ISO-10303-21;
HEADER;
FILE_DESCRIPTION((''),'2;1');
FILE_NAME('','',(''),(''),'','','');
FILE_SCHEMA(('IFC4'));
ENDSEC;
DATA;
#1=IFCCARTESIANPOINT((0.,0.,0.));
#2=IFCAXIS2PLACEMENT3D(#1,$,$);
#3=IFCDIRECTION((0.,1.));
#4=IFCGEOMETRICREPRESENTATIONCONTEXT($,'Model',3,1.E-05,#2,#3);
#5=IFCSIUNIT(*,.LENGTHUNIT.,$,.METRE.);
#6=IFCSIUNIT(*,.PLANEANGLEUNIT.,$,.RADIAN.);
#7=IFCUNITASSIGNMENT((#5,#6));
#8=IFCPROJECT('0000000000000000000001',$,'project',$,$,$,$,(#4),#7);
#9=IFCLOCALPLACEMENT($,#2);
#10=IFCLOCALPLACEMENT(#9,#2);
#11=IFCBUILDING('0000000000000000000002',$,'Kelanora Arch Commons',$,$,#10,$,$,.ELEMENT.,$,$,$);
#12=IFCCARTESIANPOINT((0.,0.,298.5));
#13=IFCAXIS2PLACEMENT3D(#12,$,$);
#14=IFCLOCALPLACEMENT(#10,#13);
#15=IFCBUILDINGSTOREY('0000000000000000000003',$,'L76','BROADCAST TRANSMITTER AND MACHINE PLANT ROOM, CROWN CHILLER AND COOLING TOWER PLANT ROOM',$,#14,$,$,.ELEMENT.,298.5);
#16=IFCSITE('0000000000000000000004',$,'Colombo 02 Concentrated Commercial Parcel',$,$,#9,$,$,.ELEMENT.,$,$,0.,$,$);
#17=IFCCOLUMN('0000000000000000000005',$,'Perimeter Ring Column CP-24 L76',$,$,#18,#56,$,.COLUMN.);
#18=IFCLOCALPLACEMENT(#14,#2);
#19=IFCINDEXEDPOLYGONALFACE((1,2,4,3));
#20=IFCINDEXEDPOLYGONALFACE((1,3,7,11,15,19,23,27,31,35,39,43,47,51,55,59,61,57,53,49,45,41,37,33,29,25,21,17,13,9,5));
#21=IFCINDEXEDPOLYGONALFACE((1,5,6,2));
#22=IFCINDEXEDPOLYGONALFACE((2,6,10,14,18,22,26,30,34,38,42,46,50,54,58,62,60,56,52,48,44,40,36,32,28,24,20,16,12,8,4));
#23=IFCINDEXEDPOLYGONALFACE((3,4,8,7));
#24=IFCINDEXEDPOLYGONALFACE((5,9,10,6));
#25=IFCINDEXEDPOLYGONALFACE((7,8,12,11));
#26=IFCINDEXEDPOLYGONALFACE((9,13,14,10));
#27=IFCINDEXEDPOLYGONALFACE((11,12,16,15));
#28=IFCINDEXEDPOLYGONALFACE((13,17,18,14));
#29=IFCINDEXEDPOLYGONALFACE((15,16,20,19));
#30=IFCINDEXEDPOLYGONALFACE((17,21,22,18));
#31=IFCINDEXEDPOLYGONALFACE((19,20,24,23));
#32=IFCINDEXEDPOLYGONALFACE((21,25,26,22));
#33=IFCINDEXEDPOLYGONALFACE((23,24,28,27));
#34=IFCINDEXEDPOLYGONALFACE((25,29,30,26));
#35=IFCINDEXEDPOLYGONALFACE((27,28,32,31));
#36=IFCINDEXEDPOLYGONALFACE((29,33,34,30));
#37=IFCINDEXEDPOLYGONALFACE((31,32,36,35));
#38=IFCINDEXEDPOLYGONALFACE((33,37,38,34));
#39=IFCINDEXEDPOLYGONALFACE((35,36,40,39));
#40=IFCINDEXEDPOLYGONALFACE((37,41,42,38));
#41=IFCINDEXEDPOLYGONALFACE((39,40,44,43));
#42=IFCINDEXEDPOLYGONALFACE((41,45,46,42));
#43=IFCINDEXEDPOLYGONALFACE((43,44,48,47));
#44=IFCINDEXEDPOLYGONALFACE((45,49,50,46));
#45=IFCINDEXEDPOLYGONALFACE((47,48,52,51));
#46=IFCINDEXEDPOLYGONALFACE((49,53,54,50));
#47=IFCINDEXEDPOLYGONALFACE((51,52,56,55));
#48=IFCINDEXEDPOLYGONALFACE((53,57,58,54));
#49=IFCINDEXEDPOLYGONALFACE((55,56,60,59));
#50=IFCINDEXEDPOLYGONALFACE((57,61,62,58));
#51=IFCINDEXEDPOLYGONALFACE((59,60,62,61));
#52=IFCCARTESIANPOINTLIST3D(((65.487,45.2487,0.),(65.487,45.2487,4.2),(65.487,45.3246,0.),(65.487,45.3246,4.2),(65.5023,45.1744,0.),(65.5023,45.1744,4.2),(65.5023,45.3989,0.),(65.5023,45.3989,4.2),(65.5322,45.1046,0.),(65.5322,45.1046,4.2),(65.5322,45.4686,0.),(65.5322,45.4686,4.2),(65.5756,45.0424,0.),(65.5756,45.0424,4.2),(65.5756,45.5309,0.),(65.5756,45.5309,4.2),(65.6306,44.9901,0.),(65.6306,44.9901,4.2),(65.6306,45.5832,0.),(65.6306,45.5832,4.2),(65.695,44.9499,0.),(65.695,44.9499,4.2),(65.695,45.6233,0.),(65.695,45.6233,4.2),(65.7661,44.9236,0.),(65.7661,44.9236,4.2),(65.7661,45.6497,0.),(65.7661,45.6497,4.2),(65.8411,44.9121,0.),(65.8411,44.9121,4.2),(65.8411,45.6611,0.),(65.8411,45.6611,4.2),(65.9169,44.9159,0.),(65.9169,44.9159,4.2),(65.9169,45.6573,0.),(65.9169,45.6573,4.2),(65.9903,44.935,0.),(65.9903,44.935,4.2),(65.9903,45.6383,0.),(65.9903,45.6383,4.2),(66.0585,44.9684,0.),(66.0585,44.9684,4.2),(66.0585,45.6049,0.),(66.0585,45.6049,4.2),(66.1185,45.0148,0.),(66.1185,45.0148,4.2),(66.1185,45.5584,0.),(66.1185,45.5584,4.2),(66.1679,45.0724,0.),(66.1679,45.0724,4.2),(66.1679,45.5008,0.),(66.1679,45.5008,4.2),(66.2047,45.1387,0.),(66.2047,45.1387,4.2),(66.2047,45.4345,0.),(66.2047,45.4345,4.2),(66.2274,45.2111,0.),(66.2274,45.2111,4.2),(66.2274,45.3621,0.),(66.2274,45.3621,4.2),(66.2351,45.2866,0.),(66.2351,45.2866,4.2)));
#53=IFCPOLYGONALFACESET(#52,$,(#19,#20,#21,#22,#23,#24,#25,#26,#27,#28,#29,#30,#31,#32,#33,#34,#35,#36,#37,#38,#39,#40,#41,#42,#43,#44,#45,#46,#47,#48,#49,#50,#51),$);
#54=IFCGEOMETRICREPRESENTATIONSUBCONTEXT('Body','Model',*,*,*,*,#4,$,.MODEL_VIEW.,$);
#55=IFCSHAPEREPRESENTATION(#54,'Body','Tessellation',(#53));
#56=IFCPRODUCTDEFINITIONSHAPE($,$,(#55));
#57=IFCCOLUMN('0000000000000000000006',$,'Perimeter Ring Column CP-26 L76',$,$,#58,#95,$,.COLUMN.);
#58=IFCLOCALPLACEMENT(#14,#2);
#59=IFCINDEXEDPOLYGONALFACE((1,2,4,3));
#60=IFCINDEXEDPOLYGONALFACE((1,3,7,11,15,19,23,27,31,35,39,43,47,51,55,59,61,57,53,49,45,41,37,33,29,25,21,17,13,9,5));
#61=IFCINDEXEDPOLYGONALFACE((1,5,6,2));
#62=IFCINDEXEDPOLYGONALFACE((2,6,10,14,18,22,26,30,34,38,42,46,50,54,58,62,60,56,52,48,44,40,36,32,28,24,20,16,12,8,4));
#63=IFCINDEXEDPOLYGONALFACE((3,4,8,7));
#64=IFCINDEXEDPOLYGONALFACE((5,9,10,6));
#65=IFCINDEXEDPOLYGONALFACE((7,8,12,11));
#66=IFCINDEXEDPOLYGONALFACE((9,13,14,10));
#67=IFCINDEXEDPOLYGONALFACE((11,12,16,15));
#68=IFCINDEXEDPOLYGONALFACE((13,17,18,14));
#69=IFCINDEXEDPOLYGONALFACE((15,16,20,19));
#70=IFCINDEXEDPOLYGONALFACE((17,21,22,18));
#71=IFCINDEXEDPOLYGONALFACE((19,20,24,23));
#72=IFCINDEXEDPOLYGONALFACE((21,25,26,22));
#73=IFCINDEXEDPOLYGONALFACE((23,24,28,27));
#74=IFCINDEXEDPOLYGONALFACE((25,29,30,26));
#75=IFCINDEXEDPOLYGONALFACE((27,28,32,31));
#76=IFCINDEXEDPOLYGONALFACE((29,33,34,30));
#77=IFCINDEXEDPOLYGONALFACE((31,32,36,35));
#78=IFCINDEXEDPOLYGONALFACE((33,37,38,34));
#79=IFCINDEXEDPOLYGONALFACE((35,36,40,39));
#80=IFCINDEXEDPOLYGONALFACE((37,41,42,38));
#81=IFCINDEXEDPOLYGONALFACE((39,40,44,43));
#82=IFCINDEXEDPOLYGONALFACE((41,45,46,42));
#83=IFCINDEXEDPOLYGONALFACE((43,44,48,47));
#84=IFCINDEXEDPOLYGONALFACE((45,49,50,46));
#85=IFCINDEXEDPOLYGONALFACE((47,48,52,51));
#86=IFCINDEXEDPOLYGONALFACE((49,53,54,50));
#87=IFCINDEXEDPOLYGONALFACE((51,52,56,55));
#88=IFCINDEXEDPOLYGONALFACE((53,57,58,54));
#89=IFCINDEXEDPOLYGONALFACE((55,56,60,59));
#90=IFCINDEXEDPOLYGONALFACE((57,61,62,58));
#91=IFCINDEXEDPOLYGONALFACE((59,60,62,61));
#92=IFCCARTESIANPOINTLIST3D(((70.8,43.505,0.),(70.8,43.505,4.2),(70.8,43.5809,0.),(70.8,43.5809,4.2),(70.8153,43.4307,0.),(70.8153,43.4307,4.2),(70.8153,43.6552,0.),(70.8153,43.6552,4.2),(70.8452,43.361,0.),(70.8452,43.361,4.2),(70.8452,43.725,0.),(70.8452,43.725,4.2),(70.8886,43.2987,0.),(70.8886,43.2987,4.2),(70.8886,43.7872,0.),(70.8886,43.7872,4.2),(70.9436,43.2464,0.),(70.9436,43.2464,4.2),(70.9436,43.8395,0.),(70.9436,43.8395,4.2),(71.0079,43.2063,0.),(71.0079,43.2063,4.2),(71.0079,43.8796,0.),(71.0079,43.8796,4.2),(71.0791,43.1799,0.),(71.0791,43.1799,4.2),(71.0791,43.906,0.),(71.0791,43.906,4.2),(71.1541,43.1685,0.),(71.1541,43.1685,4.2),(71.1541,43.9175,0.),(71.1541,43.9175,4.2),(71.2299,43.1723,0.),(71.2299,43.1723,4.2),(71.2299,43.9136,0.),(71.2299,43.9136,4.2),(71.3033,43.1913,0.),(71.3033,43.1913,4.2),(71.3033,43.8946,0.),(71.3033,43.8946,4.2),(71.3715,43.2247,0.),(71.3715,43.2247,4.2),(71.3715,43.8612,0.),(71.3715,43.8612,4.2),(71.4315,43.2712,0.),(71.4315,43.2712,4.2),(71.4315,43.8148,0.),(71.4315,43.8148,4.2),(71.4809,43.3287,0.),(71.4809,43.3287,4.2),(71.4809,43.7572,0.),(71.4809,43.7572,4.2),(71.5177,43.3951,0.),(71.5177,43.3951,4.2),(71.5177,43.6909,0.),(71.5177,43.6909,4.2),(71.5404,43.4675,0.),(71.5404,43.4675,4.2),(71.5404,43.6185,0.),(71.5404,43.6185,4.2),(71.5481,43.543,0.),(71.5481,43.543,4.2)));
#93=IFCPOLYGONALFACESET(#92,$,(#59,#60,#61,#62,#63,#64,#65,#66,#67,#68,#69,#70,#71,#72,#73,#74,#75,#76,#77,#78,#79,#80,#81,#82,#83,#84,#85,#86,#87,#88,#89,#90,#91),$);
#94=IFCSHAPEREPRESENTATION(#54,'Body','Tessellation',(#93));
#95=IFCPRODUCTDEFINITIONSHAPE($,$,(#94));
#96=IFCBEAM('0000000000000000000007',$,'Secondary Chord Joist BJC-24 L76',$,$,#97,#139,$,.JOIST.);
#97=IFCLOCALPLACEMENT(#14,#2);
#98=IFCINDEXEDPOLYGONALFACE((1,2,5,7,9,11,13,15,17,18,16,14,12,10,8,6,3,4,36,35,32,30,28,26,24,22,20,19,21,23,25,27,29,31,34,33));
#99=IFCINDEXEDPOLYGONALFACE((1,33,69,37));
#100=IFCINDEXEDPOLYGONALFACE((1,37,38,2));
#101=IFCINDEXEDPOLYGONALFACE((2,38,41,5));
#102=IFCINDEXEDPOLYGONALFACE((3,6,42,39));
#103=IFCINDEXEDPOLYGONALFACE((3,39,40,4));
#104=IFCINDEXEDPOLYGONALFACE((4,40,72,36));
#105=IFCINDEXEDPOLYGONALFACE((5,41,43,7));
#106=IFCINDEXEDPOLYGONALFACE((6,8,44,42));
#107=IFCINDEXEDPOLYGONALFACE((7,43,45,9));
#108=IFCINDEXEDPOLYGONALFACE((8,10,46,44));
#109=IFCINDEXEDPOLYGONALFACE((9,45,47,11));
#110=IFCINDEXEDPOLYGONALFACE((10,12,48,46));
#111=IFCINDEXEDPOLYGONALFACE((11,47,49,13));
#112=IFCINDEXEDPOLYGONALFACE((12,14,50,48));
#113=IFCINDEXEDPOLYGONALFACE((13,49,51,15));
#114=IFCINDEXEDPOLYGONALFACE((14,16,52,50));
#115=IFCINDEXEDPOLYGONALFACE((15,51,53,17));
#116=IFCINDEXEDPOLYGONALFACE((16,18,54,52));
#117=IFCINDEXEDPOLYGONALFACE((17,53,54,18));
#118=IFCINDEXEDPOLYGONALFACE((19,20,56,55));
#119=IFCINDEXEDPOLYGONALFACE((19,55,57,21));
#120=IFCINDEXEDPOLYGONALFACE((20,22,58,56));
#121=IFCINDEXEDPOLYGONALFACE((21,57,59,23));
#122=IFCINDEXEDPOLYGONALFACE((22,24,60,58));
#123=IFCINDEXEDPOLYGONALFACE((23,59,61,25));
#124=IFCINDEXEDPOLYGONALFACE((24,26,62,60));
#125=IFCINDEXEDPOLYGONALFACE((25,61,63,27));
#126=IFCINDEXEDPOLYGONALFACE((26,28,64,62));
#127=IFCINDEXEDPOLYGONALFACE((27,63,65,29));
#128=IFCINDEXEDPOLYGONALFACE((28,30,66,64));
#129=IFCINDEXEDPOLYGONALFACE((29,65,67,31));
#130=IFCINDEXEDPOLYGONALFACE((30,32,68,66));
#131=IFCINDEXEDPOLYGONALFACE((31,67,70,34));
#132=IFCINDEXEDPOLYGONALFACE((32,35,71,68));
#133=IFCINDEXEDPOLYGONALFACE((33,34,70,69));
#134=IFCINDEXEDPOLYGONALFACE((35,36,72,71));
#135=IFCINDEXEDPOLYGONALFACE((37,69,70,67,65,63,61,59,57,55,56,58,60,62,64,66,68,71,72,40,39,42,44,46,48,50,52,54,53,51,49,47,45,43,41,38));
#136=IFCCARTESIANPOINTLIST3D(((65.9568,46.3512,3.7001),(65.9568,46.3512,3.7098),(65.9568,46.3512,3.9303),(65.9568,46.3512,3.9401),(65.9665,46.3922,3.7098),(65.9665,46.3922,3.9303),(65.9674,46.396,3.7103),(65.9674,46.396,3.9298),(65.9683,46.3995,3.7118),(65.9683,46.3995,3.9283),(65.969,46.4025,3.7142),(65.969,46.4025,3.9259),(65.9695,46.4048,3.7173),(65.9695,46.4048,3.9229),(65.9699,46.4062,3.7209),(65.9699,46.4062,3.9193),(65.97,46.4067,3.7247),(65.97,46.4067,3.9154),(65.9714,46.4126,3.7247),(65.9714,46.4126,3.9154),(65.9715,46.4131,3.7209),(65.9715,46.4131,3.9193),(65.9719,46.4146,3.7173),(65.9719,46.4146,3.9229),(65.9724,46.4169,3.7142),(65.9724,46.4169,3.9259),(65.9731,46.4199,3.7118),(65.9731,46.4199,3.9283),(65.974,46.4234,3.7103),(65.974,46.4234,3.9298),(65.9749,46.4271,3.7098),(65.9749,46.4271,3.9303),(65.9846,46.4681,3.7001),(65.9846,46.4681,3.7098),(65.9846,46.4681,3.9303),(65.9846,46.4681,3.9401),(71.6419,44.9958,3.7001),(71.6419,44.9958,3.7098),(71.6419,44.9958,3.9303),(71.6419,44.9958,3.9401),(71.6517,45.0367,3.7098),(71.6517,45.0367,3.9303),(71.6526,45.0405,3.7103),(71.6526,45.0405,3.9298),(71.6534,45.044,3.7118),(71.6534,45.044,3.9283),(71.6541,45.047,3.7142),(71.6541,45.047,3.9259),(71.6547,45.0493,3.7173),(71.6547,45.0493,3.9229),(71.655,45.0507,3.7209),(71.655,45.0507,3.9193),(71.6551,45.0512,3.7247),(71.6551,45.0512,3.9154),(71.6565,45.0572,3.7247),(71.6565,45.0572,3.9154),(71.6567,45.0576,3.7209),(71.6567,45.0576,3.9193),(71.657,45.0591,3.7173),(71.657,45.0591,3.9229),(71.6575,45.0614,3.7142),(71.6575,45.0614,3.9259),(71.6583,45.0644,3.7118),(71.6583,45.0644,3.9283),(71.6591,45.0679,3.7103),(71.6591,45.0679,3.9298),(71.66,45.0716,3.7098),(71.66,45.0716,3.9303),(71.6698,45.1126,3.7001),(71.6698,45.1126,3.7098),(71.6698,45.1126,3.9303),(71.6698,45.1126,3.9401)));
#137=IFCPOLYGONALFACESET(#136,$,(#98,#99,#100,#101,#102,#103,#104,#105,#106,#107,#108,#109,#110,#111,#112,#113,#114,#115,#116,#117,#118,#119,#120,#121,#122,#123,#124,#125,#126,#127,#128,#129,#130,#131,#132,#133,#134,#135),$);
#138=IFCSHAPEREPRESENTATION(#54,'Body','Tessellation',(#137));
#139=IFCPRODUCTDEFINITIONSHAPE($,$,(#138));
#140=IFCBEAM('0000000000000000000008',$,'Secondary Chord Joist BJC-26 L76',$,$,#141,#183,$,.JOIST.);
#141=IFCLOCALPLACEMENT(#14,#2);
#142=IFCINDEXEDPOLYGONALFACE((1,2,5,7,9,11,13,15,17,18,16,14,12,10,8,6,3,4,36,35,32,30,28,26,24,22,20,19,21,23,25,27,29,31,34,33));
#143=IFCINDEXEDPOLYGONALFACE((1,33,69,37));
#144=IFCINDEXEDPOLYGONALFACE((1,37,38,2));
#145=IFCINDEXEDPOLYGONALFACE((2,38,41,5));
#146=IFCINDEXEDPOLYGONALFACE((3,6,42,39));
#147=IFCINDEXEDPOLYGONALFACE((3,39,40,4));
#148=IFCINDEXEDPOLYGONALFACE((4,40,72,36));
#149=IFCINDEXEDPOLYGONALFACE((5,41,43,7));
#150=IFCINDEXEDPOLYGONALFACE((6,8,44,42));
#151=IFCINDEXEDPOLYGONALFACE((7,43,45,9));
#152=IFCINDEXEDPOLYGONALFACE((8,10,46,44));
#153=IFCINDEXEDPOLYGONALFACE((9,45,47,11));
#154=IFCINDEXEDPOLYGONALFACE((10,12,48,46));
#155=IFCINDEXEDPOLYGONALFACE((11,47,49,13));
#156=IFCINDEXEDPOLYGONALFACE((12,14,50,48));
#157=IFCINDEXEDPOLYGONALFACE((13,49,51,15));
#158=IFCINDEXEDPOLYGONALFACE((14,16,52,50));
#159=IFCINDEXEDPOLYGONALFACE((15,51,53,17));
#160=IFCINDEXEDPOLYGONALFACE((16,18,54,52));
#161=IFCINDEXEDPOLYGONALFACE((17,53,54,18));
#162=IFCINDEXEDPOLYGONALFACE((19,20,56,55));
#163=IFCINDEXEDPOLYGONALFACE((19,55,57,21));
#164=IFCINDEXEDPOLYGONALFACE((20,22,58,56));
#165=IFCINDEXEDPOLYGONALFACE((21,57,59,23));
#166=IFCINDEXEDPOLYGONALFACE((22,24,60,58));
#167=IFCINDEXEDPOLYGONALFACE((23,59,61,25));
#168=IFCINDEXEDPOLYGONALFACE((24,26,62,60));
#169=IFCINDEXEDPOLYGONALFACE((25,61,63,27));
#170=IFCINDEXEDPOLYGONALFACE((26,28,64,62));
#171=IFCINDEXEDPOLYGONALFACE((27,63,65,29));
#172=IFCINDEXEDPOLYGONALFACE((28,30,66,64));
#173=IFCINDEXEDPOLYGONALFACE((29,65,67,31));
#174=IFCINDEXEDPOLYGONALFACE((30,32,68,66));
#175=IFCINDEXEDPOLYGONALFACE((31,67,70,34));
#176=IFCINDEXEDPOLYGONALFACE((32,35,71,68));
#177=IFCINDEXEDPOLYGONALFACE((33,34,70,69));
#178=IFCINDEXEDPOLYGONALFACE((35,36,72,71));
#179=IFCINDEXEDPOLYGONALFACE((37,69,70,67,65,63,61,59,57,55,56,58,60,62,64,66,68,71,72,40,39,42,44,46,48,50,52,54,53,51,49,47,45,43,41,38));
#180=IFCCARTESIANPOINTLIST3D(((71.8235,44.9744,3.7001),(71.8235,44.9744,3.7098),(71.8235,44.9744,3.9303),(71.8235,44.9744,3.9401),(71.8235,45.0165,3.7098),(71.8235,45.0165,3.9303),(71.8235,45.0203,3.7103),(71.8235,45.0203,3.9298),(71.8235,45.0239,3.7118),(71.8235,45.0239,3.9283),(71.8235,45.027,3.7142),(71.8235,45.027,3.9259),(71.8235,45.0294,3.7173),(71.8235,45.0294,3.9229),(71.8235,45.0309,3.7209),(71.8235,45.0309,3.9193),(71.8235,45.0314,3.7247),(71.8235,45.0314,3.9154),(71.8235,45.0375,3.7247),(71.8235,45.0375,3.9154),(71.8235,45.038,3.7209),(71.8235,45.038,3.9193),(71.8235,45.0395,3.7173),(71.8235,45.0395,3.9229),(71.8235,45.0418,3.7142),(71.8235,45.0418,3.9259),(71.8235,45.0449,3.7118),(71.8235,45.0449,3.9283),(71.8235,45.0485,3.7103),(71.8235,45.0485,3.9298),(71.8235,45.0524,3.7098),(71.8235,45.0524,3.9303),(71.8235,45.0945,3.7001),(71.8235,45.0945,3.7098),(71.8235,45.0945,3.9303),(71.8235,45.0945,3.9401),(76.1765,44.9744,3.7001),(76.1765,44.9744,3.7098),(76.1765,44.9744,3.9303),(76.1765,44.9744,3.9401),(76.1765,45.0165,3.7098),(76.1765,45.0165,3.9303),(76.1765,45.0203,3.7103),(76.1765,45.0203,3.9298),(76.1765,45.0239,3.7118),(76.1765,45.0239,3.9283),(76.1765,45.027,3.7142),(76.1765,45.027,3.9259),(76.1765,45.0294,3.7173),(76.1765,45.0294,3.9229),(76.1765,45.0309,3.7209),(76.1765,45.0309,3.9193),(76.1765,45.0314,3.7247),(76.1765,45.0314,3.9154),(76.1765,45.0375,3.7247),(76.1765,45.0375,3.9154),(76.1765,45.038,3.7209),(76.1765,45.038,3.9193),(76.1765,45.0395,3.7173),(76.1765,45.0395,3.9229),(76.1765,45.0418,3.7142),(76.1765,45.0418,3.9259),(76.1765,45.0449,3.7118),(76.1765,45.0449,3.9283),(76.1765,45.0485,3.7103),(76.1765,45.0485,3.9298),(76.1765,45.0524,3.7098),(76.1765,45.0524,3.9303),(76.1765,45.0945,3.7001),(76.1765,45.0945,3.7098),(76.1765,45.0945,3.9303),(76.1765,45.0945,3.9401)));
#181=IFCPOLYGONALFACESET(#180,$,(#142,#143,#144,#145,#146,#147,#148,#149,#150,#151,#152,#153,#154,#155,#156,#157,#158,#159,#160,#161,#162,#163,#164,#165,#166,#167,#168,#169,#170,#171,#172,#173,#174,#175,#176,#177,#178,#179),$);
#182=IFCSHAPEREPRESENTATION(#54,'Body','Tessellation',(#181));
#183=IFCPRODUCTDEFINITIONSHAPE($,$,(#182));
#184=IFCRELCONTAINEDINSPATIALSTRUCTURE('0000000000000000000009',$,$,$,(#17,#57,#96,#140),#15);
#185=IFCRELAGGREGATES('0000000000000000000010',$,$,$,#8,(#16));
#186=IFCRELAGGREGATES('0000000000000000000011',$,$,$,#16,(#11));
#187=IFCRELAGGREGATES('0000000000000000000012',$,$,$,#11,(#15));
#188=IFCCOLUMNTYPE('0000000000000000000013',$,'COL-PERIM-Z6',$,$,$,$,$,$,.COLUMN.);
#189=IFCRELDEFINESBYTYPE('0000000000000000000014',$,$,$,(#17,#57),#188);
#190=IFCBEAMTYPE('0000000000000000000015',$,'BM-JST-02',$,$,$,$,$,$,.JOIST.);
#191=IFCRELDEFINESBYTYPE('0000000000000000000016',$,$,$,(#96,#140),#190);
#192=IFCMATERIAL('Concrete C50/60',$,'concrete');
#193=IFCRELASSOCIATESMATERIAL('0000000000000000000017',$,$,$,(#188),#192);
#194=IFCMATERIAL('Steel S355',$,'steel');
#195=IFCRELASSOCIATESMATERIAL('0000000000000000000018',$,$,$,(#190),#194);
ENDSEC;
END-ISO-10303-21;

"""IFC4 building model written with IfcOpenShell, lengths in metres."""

from ifc_helpers import new_model, si_unit, direction, frame, origin, origin_2d, place, context, subcontext, project, spatial, circle, i_section, extrude, material, material_profile, profile_set, type_object, element, save


model = new_model("IFC4")

# Units and contexts
model_context = context("Model", 3, precision=1e-05, world=origin(), true_north=direction((0.0, 1.0)))
body_context = subcontext(model_context, "Body", "Model", "MODEL_VIEW")
ifc_project = project(units=[si_unit("LENGTHUNIT", "METRE"), si_unit("PLANEANGLEUNIT", "RADIAN")], contexts=[model_context])

# Site, building, storey
site_placement = place(None, origin())
site = spatial("IfcSite", under=ifc_project, at=site_placement, Name="Colombo 02 Concentrated Commercial Parcel", CompositionType="ELEMENT", RefElevation=0.0)
building_placement = place(site_placement, origin())
building = spatial("IfcBuilding", under=site, at=building_placement, Name="Kelanora Arch Commons", CompositionType="ELEMENT")
storey_placement = place(building_placement, frame((0.0, 0.0, 298.5)))
storey = spatial("IfcBuildingStorey", under=building, at=storey_placement, Name="L76", Description="BROADCAST TRANSMITTER AND MACHINE PLANT ROOM, CROWN CHILLER AND COOLING TOWER PLANT ROOM", CompositionType="ELEMENT", Elevation=298.5)

# Columns
ifc_material_1 = material(Name="Concrete C50/60", Category="concrete")
ifc_material_profile_1 = material_profile(ifc_material_1, circle(Radius=0.375, at=origin_2d()), Name="RCC750")
ifc_profile_set_1 = profile_set([ifc_material_profile_1], Name="Concrete C50/60")
column_type = type_object("IfcColumnType", Name="COL-PERIM-Z6", PredefinedType="COLUMN", material=ifc_profile_set_1)
for number, where, z_axis, x_axis, name in (
    (1, (65.8601, 45.2866, 0.0), (0.0, 0.0, 1.0), (1.0, 0.0, 0.0), "Perimeter Ring Column CP-24 L76"),
    (2, (71.1731, 43.543, 0.0), (0.0, 0.0, 1.0), (1.0, 0.0, 0.0), "Perimeter Ring Column CP-26 L76"),
):
    element("IfcColumn", number, at=place(storey_placement, frame(where, z_axis=z_axis, x_axis=x_axis)), inside=storey, type_object=column_type, Name=name, PredefinedType="COLUMN", context=body_context, shape_type="SweptSolid", body=[
        extrude(circle(Radius=0.375, at=origin_2d()), origin(), (0.0, 0.0, 1.0), 4.2),
    ])

# Beams
ifc_material_2 = material(Name="Steel S355", Category="steel")
ifc_material_profile_2 = material_profile(ifc_material_2, i_section(OverallWidth=0.1201, OverallDepth=0.24, WebThickness=0.0061, FlangeThickness=0.0098, FilletRadius=0.0149, at=origin_2d()), Name="IPE240")
ifc_profile_set_2 = profile_set([ifc_material_profile_2], Name="Steel S355")
beam_type_1 = type_object("IfcBeamType", Name="BM-JST-02", PredefinedType="JOIST", material=ifc_profile_set_2)
beam_1_placement = place(storey_placement, frame((65.9707, 46.4097, 3.8201), z_axis=(0.972734, -0.231925, 0.0), x_axis=(0.231925, 0.972734, 0.0)))
element("IfcBeam", 3, at=beam_1_placement, inside=storey, type_object=beam_type_1, Name="Secondary Chord Joist BJC-24 L76", PredefinedType="JOIST", context=body_context, shape_type="SweptSolid", body=[
    extrude(i_section(OverallWidth=0.1201, OverallDepth=0.24, WebThickness=0.0061, FlangeThickness=0.0098, FilletRadius=0.0149, at=origin_2d()), origin(), (0.0, 0.0, 1.0), 5.8445),
])
beam_2_placement = place(storey_placement, frame((71.8235, 45.0344, 3.8201), z_axis=(1.0, 0.0, 0.0), x_axis=(0.0, 1.0, 0.0)))
element("IfcBeam", 4, at=beam_2_placement, inside=storey, type_object=beam_type_1, Name="Secondary Chord Joist BJC-26 L76", PredefinedType="JOIST", context=body_context, shape_type="SweptSolid", body=[
    extrude(i_section(OverallWidth=0.1201, OverallDepth=0.24, WebThickness=0.0061, FlangeThickness=0.0098, FilletRadius=0.0149, at=origin_2d()), origin(), (0.0, 0.0, 1.0), 4.353),
])

save(model, "model.ifc")
